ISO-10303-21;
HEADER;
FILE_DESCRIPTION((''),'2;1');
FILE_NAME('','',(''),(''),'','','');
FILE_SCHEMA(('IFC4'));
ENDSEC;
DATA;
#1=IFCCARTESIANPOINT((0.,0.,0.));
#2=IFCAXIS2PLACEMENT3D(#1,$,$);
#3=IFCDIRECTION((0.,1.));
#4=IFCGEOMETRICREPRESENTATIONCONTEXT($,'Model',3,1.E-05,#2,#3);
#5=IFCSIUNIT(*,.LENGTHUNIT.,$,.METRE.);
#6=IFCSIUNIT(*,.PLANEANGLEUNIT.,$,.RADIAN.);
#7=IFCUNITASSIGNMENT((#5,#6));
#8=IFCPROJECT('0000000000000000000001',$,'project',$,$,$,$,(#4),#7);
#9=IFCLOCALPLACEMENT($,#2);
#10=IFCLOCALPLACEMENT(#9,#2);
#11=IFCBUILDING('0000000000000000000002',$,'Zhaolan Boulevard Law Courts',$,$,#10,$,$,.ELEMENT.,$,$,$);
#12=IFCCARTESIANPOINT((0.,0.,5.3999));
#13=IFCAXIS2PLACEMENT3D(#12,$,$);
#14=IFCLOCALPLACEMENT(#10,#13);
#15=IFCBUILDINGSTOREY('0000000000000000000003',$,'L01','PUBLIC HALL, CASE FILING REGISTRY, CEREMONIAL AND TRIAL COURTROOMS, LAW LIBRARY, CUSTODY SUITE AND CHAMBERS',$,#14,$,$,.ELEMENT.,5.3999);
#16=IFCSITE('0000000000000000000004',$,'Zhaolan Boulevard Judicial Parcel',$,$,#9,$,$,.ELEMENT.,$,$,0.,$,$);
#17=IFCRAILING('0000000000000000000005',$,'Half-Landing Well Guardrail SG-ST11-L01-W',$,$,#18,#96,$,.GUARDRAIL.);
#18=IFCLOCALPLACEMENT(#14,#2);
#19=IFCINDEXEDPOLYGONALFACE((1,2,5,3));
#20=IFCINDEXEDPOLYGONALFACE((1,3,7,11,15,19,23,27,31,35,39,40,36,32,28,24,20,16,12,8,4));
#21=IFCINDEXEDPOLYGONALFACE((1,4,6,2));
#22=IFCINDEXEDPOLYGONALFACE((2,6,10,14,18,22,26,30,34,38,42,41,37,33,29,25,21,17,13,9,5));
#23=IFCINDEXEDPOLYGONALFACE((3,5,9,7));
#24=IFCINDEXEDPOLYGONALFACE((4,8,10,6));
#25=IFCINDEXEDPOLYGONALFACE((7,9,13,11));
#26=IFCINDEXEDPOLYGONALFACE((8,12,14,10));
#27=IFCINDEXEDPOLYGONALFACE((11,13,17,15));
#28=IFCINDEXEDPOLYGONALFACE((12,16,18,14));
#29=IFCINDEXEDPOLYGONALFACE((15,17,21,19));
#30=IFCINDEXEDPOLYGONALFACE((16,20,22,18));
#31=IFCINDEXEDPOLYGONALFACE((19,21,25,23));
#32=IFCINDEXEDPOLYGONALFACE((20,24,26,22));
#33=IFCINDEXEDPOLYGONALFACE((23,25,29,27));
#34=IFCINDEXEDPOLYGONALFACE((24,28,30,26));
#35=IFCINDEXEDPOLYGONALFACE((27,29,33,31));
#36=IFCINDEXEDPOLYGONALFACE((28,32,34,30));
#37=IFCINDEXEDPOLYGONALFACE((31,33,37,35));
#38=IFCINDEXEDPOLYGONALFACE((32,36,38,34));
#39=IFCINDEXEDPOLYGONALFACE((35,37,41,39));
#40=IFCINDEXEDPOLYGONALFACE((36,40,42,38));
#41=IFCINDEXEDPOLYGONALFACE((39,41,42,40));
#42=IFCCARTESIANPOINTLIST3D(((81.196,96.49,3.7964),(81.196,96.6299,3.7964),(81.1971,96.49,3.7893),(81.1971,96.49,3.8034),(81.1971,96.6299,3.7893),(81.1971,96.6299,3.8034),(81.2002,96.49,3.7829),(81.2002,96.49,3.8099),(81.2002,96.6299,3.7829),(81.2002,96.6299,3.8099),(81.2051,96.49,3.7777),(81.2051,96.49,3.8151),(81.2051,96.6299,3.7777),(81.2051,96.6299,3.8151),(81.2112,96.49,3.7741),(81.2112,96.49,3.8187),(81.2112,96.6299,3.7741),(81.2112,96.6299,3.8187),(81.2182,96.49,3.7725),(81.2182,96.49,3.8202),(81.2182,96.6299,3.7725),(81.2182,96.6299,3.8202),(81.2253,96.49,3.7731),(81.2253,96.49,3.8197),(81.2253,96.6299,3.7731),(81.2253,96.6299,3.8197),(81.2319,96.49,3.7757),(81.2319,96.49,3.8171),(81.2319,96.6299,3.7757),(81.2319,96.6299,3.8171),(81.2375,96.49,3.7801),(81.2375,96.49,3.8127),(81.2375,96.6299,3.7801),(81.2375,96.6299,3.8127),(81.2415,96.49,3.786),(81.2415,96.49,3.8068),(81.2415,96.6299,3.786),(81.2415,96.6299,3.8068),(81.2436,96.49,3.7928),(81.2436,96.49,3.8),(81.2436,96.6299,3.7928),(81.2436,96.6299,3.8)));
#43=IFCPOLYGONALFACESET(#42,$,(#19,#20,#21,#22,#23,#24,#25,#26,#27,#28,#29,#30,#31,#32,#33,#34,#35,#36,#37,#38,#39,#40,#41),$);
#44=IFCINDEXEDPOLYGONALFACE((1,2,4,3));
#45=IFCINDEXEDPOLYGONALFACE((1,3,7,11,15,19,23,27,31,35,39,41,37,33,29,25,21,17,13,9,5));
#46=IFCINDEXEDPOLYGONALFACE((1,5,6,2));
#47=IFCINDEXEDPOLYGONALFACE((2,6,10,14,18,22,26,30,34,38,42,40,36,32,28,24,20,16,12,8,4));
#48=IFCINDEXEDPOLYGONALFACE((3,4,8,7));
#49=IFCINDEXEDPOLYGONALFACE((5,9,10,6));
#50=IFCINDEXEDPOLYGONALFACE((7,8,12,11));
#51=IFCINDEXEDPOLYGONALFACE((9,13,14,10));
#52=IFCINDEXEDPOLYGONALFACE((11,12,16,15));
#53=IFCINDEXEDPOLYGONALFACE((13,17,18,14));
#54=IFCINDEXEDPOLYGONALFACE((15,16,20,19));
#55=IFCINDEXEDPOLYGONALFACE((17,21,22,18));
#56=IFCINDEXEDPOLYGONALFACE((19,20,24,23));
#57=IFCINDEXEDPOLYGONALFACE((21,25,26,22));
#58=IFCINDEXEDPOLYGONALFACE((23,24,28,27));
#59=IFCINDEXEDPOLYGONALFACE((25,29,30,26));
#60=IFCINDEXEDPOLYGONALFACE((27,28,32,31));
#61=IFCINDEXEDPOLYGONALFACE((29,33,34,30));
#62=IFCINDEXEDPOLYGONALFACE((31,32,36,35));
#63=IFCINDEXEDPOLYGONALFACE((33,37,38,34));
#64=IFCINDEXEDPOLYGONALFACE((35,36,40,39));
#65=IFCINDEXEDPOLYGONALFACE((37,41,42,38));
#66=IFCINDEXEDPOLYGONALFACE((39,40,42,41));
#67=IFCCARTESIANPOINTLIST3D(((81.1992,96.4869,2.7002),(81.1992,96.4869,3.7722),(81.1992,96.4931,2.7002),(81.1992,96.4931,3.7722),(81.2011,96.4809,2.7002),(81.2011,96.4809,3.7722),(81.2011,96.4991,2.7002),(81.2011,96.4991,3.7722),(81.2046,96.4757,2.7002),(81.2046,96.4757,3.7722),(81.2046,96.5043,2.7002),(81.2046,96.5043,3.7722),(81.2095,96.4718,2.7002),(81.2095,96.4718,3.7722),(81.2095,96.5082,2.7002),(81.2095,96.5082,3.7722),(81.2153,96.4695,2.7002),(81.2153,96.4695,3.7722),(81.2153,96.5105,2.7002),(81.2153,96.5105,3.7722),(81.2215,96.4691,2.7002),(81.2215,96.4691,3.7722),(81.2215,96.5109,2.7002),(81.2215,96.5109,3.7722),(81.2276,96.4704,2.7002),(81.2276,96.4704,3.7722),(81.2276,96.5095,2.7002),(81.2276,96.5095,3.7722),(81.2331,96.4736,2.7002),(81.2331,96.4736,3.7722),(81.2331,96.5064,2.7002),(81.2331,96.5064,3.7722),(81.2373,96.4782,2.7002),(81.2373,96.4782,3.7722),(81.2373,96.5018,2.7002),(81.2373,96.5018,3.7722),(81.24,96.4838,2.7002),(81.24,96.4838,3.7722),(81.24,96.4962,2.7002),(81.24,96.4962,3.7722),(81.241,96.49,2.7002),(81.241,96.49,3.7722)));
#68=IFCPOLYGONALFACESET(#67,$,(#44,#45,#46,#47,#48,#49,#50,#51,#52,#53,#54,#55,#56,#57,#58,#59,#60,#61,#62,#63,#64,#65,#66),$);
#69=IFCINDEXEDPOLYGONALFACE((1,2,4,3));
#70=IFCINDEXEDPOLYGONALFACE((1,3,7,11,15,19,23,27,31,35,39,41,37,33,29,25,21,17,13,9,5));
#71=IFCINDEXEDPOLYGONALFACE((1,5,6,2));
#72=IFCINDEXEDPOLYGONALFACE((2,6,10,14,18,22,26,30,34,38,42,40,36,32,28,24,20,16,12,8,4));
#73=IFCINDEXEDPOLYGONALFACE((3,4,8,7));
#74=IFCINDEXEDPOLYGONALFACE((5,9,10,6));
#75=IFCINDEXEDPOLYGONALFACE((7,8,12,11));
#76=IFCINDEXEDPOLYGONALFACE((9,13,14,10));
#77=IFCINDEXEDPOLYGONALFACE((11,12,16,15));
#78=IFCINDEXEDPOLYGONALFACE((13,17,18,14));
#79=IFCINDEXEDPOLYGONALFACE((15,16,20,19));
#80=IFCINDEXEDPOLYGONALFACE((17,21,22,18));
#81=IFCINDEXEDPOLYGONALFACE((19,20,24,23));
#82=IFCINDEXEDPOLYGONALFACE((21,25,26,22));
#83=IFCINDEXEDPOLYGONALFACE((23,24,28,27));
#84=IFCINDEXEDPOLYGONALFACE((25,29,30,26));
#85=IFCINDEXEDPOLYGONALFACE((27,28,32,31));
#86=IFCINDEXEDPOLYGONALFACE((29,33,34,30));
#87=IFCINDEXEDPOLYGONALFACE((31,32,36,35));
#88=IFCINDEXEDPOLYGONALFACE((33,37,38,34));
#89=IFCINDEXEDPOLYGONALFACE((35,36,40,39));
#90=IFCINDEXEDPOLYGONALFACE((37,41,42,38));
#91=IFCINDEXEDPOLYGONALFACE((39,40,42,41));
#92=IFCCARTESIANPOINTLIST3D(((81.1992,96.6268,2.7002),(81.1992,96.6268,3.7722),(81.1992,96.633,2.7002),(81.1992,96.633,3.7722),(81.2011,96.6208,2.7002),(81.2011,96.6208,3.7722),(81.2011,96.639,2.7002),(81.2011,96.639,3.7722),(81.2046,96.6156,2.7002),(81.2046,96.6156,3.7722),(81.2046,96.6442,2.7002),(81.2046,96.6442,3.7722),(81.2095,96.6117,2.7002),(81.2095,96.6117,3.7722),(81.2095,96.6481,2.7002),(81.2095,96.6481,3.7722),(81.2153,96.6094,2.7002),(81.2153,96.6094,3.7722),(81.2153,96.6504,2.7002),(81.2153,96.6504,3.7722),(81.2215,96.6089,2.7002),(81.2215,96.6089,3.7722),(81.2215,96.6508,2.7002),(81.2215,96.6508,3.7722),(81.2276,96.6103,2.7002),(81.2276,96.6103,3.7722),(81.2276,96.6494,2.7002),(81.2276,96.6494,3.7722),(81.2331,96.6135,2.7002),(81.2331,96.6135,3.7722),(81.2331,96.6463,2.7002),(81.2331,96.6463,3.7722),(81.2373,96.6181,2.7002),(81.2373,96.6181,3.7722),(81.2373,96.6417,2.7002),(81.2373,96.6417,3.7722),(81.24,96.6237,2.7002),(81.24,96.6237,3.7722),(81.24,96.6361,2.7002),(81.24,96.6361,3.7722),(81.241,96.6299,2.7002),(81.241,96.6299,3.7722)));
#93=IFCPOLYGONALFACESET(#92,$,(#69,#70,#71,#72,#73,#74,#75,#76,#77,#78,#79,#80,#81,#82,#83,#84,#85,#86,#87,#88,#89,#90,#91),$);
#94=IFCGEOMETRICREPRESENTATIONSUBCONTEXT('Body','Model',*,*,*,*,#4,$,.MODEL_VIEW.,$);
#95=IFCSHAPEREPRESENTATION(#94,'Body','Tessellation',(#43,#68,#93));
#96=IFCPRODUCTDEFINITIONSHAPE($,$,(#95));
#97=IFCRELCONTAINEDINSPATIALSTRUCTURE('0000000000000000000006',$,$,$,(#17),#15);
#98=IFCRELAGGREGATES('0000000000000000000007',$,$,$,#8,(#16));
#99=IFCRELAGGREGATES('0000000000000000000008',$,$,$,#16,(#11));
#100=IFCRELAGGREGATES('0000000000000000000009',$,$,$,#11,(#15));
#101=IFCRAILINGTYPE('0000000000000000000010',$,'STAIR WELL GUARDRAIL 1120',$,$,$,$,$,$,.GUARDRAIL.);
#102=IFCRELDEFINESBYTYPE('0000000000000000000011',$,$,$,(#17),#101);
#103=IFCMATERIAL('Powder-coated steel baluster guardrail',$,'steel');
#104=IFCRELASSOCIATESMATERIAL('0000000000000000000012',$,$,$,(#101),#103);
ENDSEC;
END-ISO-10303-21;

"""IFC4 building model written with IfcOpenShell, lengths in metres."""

from ifc_helpers import new_model, si_unit, direction, frame, origin, origin_2d, place, context, subcontext, project, spatial, circle, extrude, material, type_object, element, save


model = new_model("IFC4")

# Units and contexts
model_context = context("Model", 3, precision=1e-05, world=origin(), true_north=direction((0.0, 1.0)))
body_context = subcontext(model_context, "Body", "Model", "MODEL_VIEW")
ifc_project = project(units=[si_unit("LENGTHUNIT", "METRE"), si_unit("PLANEANGLEUNIT", "RADIAN")], contexts=[model_context])

# Site, building, storey
site_placement = place(None, origin())
site = spatial("IfcSite", under=ifc_project, at=site_placement, Name="Zhaolan Boulevard Judicial Parcel", CompositionType="ELEMENT", RefElevation=0.0)
building_placement = place(site_placement, origin())
building = spatial("IfcBuilding", under=site, at=building_placement, Name="Zhaolan Boulevard Law Courts", CompositionType="ELEMENT")
storey_placement = place(building_placement, frame((0.0, 0.0, 5.3999)))
storey = spatial("IfcBuildingStorey", under=building, at=storey_placement, Name="L01", Description="PUBLIC HALL, CASE FILING REGISTRY, CEREMONIAL AND TRIAL COURTROOMS, LAW LIBRARY, CUSTODY SUITE AND CHAMBERS", CompositionType="ELEMENT", Elevation=5.3999)

# Railing
ifc_material_1 = material(Name="Powder-coated steel baluster guardrail", Category="steel")
railing_type_1 = type_object("IfcRailingType", Name="STAIR WELL GUARDRAIL 1120", PredefinedType="GUARDRAIL", material=ifc_material_1)
railing_1_placement = place(storey_placement, frame((81.22, 96.49, 2.7002)))
element("IfcRailing", 1, at=railing_1_placement, inside=storey, type_object=railing_type_1, Name="Half-Landing Well Guardrail SG-ST11-L01-W", PredefinedType="GUARDRAIL", context=body_context, shape_type="SweptSolid", body=[
    extrude(circle(Radius=0.0239, at=origin_2d()), frame((0.0, 0.0, 1.0962), z_axis=(0.0, 1.0, 0.0), x_axis=(-1.0, 0.0, 0.0)), (0.0, 0.0, 1.0), 0.1399),
    extrude(circle(Radius=0.021, at=origin_2d()), origin(), (0.0, 0.0, 1.0), 1.072),
    extrude(circle(Radius=0.021, at=origin_2d()), frame((0.0, 0.1399, 0.0)), (0.0, 0.0, 1.0), 1.072),
])

save(model, "model.ifc")
